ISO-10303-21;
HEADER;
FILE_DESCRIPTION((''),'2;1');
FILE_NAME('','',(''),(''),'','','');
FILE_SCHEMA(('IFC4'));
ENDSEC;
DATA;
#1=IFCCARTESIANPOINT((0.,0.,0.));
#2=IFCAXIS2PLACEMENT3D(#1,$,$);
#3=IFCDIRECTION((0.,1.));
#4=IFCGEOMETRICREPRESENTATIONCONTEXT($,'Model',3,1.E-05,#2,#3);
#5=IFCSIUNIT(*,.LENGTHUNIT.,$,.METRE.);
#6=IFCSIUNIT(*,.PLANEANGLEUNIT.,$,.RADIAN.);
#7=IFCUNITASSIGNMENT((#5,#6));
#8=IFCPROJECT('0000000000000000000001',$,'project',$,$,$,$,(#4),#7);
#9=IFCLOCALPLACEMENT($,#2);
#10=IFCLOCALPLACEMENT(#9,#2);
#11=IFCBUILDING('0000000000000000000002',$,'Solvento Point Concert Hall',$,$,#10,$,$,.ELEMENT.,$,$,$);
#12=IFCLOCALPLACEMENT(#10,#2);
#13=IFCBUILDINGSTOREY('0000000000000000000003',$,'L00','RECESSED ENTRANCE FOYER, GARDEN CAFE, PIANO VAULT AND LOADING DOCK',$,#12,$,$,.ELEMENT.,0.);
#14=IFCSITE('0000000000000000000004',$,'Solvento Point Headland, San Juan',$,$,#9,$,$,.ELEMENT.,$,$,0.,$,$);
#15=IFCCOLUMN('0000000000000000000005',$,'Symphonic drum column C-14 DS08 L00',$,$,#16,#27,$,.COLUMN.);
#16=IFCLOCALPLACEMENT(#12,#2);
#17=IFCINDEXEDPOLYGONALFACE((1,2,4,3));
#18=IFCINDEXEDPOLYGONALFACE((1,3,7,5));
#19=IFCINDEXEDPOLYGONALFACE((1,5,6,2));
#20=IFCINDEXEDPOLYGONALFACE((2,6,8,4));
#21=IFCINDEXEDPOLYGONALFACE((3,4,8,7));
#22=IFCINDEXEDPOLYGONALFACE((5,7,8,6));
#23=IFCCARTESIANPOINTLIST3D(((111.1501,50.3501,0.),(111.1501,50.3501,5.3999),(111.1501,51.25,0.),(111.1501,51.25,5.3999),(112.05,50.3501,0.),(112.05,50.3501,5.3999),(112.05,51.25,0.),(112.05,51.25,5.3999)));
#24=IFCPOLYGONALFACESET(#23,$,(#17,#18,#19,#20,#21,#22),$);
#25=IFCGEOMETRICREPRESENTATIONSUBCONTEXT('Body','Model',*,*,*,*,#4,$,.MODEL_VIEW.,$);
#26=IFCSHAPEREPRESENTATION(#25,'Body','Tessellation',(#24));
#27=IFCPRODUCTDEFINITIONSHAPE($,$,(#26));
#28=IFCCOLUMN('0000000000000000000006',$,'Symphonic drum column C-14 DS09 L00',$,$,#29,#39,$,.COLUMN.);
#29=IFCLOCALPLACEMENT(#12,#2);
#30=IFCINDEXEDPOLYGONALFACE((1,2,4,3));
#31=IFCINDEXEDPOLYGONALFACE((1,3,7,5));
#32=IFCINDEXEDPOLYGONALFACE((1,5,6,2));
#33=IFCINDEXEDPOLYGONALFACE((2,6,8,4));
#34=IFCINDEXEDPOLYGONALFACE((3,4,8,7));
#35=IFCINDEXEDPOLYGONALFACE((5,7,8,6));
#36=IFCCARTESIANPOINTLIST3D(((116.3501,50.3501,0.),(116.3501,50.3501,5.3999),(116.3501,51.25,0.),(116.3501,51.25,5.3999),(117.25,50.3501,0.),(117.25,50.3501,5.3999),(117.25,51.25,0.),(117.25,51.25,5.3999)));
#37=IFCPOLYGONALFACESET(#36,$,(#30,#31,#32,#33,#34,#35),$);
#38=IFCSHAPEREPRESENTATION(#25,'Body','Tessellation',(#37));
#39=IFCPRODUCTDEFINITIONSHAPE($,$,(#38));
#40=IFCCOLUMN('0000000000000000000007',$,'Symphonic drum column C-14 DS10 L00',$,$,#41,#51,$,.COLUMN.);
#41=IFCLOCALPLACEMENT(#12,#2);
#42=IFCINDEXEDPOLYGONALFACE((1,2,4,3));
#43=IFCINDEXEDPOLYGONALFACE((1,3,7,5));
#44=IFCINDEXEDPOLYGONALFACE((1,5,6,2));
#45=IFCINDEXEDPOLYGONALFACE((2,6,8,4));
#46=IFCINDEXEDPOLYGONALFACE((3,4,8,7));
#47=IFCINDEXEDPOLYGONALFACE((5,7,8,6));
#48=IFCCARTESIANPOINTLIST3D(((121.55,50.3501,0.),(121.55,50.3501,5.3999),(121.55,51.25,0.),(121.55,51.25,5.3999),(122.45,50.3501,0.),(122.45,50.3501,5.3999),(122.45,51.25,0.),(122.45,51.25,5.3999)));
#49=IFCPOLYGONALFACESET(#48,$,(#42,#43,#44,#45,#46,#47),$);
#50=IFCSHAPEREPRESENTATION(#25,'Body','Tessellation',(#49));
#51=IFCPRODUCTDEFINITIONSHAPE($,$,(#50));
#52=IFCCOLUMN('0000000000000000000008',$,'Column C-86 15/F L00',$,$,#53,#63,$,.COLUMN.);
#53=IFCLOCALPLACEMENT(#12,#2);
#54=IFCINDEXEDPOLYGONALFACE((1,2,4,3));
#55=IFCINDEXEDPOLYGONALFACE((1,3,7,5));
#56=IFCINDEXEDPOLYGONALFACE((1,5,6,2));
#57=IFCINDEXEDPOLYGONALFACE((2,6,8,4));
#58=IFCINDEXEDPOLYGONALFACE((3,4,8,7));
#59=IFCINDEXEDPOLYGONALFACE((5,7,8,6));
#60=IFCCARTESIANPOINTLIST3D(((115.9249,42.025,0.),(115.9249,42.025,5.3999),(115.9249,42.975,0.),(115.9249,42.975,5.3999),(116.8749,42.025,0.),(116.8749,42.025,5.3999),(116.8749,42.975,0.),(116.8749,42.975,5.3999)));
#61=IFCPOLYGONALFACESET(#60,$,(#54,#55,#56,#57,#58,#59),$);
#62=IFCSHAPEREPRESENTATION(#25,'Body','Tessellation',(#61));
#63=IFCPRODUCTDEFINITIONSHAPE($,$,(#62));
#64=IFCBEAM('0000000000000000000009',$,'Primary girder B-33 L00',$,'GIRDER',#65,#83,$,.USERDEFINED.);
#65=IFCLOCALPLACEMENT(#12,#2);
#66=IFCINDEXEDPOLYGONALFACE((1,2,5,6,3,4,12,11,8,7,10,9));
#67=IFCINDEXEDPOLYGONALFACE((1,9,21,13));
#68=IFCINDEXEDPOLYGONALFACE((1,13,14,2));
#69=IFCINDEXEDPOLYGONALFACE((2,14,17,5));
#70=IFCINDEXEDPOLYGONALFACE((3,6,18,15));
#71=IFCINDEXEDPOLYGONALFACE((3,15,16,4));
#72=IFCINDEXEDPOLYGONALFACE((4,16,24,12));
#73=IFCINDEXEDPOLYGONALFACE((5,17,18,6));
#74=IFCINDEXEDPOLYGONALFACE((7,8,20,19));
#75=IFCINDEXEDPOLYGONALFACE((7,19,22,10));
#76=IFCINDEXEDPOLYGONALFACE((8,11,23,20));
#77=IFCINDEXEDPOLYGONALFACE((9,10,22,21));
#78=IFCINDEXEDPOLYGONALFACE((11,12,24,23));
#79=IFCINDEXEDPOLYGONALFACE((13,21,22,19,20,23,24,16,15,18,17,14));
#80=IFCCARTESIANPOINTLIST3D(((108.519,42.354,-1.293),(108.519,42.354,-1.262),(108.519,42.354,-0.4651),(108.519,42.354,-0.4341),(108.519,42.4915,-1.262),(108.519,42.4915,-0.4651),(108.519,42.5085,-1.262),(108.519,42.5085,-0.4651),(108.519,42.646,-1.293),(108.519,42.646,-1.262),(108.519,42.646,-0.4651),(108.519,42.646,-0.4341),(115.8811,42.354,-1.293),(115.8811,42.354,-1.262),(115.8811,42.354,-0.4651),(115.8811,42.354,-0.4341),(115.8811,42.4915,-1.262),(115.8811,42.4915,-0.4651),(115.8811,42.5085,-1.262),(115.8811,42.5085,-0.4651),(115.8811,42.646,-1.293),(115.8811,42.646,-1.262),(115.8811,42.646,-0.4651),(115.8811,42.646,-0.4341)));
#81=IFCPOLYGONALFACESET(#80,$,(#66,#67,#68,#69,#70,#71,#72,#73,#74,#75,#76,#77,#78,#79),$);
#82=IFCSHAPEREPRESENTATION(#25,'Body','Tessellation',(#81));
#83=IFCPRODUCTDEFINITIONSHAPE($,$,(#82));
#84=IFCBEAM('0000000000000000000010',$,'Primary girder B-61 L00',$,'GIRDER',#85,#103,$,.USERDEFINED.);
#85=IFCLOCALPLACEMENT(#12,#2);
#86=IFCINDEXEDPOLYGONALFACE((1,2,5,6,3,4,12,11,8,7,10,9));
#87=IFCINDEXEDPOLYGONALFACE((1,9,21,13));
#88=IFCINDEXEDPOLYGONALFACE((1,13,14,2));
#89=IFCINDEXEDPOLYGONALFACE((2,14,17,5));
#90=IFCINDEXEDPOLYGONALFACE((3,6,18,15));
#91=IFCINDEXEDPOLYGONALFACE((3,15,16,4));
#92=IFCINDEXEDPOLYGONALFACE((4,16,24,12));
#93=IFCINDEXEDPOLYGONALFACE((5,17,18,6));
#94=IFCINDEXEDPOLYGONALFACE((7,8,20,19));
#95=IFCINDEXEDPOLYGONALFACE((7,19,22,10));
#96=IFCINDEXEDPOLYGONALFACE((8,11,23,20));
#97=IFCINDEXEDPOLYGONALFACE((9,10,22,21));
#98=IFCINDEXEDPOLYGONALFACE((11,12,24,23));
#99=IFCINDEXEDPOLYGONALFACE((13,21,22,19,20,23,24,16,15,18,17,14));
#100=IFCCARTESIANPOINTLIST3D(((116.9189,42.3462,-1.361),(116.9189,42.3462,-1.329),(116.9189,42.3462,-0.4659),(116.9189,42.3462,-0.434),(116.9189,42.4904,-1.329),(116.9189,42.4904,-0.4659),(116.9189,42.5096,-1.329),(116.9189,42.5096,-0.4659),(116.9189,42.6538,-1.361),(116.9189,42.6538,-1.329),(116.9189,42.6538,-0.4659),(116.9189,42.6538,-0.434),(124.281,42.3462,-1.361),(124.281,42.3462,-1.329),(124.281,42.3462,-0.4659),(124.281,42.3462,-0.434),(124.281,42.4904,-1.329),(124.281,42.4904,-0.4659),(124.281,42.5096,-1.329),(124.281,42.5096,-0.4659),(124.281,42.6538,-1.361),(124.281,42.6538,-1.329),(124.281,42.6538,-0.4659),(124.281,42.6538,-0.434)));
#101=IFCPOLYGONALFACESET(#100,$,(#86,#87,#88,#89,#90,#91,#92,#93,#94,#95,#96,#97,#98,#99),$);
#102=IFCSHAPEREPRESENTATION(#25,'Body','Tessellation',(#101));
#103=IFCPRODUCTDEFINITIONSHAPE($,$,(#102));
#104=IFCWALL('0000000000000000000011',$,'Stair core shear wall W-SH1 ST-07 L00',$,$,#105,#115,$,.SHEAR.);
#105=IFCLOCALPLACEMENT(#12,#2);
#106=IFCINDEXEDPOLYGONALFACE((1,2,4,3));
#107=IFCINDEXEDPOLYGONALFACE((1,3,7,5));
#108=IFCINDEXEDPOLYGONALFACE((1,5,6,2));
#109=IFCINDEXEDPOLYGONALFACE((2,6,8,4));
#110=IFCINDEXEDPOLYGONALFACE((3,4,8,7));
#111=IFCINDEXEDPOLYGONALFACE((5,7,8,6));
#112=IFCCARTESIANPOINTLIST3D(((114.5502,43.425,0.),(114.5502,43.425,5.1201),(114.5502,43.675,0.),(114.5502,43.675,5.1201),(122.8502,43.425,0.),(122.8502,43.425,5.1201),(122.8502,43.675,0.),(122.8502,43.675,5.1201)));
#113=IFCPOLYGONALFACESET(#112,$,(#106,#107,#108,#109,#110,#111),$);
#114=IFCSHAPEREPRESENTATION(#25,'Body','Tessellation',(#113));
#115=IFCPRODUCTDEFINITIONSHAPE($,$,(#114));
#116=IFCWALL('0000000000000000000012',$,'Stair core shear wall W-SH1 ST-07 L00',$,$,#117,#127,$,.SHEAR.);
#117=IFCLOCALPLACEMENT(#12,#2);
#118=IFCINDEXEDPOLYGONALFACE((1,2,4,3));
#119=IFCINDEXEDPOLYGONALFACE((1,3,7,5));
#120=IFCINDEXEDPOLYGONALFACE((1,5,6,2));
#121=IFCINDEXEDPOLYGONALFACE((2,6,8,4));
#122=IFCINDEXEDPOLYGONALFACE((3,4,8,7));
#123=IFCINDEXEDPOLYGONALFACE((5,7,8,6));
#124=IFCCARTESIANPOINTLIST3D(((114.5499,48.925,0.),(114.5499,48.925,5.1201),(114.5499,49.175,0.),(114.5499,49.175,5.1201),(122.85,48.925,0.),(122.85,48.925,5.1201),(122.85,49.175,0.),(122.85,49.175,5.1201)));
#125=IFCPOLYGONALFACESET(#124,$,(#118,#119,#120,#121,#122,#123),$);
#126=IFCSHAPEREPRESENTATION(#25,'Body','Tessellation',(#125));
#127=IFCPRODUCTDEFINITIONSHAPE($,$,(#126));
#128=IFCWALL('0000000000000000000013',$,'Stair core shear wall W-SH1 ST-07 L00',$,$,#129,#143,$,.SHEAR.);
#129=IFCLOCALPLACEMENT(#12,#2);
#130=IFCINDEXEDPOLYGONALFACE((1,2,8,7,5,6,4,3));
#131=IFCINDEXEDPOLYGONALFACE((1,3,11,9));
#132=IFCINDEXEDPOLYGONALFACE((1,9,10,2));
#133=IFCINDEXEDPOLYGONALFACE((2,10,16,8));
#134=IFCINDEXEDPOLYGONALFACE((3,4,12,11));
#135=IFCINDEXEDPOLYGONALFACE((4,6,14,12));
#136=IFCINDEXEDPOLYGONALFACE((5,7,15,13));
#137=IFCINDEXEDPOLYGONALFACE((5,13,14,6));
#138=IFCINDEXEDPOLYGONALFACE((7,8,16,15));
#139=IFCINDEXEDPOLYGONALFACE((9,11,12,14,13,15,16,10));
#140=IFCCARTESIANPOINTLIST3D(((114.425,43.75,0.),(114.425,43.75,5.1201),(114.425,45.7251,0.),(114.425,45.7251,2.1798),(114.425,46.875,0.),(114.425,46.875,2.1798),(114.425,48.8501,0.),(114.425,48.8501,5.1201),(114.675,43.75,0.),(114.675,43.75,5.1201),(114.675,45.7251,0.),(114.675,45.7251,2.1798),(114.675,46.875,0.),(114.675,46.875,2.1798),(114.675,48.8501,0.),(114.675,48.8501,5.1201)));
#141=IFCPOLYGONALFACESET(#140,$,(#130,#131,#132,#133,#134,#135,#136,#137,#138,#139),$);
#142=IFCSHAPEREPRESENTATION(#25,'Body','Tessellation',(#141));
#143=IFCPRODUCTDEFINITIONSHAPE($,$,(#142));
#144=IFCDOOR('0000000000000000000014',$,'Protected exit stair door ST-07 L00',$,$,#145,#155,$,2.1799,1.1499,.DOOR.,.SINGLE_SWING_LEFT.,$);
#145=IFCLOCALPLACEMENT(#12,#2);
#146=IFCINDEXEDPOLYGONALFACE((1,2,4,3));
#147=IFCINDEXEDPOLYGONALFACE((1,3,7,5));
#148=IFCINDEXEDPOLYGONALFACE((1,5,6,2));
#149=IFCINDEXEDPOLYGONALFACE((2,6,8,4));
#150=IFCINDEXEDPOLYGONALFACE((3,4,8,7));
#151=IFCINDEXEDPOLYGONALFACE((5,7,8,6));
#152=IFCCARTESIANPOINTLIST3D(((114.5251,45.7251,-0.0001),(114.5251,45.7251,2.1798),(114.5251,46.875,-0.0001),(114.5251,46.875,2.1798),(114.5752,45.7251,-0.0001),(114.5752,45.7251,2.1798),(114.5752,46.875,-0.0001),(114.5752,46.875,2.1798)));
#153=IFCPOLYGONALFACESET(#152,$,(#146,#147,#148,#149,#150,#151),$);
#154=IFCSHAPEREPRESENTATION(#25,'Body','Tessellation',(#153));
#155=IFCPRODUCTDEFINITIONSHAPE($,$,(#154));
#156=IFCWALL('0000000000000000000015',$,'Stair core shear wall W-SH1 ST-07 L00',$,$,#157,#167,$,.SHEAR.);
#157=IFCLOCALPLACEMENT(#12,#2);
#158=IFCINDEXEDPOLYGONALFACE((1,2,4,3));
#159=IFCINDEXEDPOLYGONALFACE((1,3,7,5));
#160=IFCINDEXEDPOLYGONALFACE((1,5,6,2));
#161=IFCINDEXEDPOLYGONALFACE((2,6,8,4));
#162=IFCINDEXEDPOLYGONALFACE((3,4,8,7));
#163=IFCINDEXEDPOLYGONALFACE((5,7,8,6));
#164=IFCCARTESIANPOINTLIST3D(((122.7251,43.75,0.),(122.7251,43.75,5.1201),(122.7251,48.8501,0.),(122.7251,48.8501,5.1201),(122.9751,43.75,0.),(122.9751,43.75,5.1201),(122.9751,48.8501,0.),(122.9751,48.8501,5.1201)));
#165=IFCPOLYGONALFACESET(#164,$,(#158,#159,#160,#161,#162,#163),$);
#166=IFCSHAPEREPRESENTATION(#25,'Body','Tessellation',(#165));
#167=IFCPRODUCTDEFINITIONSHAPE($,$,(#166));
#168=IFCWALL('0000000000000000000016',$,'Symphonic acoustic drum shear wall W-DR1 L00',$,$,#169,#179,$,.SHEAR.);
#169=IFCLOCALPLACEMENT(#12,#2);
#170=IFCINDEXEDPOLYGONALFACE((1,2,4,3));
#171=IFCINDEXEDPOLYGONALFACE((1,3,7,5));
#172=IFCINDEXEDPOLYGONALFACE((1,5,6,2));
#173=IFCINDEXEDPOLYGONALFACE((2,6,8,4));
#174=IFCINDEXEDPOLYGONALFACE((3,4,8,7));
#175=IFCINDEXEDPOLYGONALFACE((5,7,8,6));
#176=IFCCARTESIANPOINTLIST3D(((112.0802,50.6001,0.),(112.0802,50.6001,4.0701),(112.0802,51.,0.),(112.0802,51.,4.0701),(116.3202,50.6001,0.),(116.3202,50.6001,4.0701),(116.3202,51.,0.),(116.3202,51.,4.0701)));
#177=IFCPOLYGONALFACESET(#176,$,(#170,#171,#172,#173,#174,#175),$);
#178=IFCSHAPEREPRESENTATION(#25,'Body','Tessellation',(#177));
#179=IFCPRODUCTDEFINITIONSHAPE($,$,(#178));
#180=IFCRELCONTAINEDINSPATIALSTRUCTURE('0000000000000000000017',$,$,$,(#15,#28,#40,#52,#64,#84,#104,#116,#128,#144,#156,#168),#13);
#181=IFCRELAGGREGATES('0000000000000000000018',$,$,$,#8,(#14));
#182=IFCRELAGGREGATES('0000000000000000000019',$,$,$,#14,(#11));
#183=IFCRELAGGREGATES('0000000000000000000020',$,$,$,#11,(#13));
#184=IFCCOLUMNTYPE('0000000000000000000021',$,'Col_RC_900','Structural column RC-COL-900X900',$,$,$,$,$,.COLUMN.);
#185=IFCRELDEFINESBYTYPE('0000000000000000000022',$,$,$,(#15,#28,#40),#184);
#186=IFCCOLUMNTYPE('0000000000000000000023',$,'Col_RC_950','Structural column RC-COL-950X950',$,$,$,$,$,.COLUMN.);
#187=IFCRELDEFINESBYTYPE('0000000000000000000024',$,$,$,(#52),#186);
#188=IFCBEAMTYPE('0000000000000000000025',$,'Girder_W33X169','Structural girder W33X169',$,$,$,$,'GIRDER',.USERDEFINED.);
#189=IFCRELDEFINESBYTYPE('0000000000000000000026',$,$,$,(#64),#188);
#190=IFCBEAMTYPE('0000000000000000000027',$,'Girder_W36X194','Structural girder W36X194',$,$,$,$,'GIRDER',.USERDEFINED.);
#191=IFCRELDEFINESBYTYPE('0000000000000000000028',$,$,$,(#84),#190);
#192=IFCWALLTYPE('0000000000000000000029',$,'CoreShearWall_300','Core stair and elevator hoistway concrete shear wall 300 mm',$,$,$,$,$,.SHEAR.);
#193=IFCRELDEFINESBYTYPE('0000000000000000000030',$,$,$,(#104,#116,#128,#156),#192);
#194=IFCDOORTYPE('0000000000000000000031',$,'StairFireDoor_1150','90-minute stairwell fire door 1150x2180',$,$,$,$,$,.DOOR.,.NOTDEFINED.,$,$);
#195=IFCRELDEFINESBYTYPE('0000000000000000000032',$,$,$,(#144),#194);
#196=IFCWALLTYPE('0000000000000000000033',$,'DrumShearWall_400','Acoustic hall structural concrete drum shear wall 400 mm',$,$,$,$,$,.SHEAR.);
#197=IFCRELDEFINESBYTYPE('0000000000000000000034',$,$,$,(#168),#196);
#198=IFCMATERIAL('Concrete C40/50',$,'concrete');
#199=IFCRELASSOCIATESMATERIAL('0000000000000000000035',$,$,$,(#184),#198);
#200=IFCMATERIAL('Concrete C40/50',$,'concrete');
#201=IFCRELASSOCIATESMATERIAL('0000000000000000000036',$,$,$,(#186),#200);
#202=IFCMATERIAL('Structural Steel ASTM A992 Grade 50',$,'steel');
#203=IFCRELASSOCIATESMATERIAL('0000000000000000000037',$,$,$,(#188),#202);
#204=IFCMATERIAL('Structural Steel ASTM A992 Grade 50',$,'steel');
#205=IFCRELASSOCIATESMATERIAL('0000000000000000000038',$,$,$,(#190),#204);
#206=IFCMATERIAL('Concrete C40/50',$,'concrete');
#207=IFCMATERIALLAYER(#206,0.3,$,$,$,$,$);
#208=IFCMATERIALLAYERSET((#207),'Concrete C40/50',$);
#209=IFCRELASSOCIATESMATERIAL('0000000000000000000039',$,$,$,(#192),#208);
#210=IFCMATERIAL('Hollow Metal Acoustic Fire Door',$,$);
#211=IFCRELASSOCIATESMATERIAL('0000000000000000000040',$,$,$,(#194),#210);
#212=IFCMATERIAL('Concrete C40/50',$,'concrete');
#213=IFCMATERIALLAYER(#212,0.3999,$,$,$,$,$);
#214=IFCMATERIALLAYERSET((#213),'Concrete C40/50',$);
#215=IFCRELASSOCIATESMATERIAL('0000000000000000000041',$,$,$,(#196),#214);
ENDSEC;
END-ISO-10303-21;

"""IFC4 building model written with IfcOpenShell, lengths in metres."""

from ifc_helpers import new_model, si_unit, direction, frame, frame_2d, origin, origin_2d, place, context, subcontext, project, spatial, rectangle, i_section, extrude, material, layer, layer_set, material_profile, profile_set, type_object, element, fill, save


model = new_model("IFC4")

# Units and contexts
model_context = context("Model", 3, precision=1e-05, world=origin(), true_north=direction((0.0, 1.0)))
body_context = subcontext(model_context, "Body", "Model", "MODEL_VIEW")
ifc_project = project(units=[si_unit("LENGTHUNIT", "METRE"), si_unit("PLANEANGLEUNIT", "RADIAN")], contexts=[model_context])

# Site, building, storey
site_placement = place(None, origin())
site = spatial("IfcSite", under=ifc_project, at=site_placement, Name="Solvento Point Headland, San Juan", CompositionType="ELEMENT", RefElevation=0.0)
building_placement = place(site_placement, origin())
building = spatial("IfcBuilding", under=site, at=building_placement, Name="Solvento Point Concert Hall", CompositionType="ELEMENT")
storey_placement = place(building_placement, origin())
storey = spatial("IfcBuildingStorey", under=building, at=storey_placement, Name="L00", Description="RECESSED ENTRANCE FOYER, GARDEN CAFE, PIANO VAULT AND LOADING DOCK", CompositionType="ELEMENT", Elevation=0.0)

# Columns
ifc_material_1 = material(Name="Concrete C40/50", Category="concrete")
ifc_material_profile_1 = material_profile(ifc_material_1, rectangle(XDim=0.8999, YDim=0.8999, at=origin_2d()), Name="RC-COL-900X900")
ifc_profile_set_1 = profile_set([ifc_material_profile_1], Name="Concrete C40/50")
column_type_1 = type_object("IfcColumnType", Name="Col_RC_900", Description="Structural column RC-COL-900X900", PredefinedType="COLUMN", material=ifc_profile_set_1)
for number, where, z_axis, x_axis, name in (
    (1, (111.6001, 50.8, 0.0), (0.0, 0.0, 1.0), (1.0, 0.0, 0.0), "Symphonic drum column C-14 DS08 L00"),
    (2, (116.8, 50.8, 0.0), (0.0, 0.0, 1.0), (1.0, 0.0, 0.0), "Symphonic drum column C-14 DS09 L00"),
    (3, (122.0, 50.8, 0.0), (0.0, 0.0, 1.0), (1.0, 0.0, 0.0), "Symphonic drum column C-14 DS10 L00"),
):
    element("IfcColumn", number, at=place(storey_placement, frame(where, z_axis=z_axis, x_axis=x_axis)), inside=storey, type_object=column_type_1, Name=name, PredefinedType="COLUMN", context=body_context, shape_type="SweptSolid", body=[
        extrude(rectangle(XDim=0.8999, YDim=0.8999, at=origin_2d()), origin(), (0.0, 0.0, 1.0), 5.3999),
    ])
ifc_material_2 = material(Name="Concrete C40/50", Category="concrete")
ifc_material_profile_2 = material_profile(ifc_material_2, rectangle(XDim=0.95, YDim=0.95, at=origin_2d()), Name="RC-COL-950X950")
ifc_profile_set_2 = profile_set([ifc_material_profile_2], Name="Concrete C40/50")
column_type_2 = type_object("IfcColumnType", Name="Col_RC_950", Description="Structural column RC-COL-950X950", PredefinedType="COLUMN", material=ifc_profile_set_2)
column_placement = place(storey_placement, frame((116.3999, 42.5, 0.0), z_axis=(0.0, 0.0, 1.0), x_axis=(1.0, 0.0, 0.0)))
element("IfcColumn", 4, at=column_placement, inside=storey, type_object=column_type_2, Name="Column C-86 15/F L00", PredefinedType="COLUMN", context=body_context, shape_type="SweptSolid", body=[
    extrude(rectangle(XDim=0.95, YDim=0.95, at=origin_2d()), origin(), (0.0, 0.0, 1.0), 5.3999),
])

# Beams
ifc_material_3 = material(Name="Structural Steel ASTM A992 Grade 50", Category="steel")
ifc_material_profile_3 = material_profile(ifc_material_3, i_section(OverallWidth=0.292, OverallDepth=0.8589, WebThickness=0.0171, FlangeThickness=0.031, at=origin_2d()), Name="W33X169")
ifc_profile_set_3 = profile_set([ifc_material_profile_3], Name="Structural Steel ASTM A992 Grade 50")
beam_type_1 = type_object("IfcBeamType", Name="Girder_W33X169", Description="Structural girder W33X169", ElementType="GIRDER", PredefinedType="USERDEFINED", material=ifc_profile_set_3)
beam_1_placement = place(storey_placement, frame((108.519, 42.5, -0.8635), z_axis=(1.0, 0.0, 0.0), x_axis=(0.0, 1.0, 0.0)))
element("IfcBeam", 5, at=beam_1_placement, inside=storey, type_object=beam_type_1, Name="Primary girder B-33 L00", ObjectType="GIRDER", PredefinedType="USERDEFINED", context=body_context, shape_type="SweptSolid", body=[
    extrude(i_section(OverallWidth=0.292, OverallDepth=0.8589, WebThickness=0.0171, FlangeThickness=0.031, at=origin_2d()), origin(), (0.0, 0.0, 1.0), 7.3621),
])
ifc_material_4 = material(Name="Structural Steel ASTM A992 Grade 50", Category="steel")
ifc_material_profile_4 = material_profile(ifc_material_4, i_section(OverallWidth=0.3076, OverallDepth=0.927, WebThickness=0.0193, FlangeThickness=0.032, at=origin_2d()), Name="W36X194")
ifc_profile_set_4 = profile_set([ifc_material_profile_4], Name="Structural Steel ASTM A992 Grade 50")
beam_type_2 = type_object("IfcBeamType", Name="Girder_W36X194", Description="Structural girder W36X194", ElementType="GIRDER", PredefinedType="USERDEFINED", material=ifc_profile_set_4)
beam_2_placement = place(storey_placement, frame((116.9189, 42.5, -0.8975), z_axis=(1.0, 0.0, 0.0), x_axis=(0.0, 1.0, 0.0)))
element("IfcBeam", 6, at=beam_2_placement, inside=storey, type_object=beam_type_2, Name="Primary girder B-61 L00", ObjectType="GIRDER", PredefinedType="USERDEFINED", context=body_context, shape_type="SweptSolid", body=[
    extrude(i_section(OverallWidth=0.3076, OverallDepth=0.927, WebThickness=0.0193, FlangeThickness=0.032, at=origin_2d()), origin(), (0.0, 0.0, 1.0), 7.3621),
])

# Walls
ifc_material_5 = material(Name="Concrete C40/50", Category="concrete")
ifc_layer_1 = layer(ifc_material_5, 0.3)
ifc_layer_set_1 = layer_set([ifc_layer_1], Name="Concrete C40/50")
wall_type_1 = type_object("IfcWallType", Name="CoreShearWall_300", Description="Core stair and elevator hoistway concrete shear wall 300 mm", PredefinedType="SHEAR", material=ifc_layer_set_1)
for number, where, z_axis, x_axis, name in (
    (7, (122.8501, 43.55, 0.0), (0.0, 0.0, 1.0), (-1.0, 0.0, 0.0), "Stair core shear wall W-SH1 ST-07 L00"),
    (8, (114.55, 49.05, 0.0), (0.0, 0.0, 1.0), (1.0, 0.0, 0.0), "Stair core shear wall W-SH1 ST-07 L00"),
):
    element("IfcWall", number, at=place(storey_placement, frame(where, z_axis=z_axis, x_axis=x_axis)), inside=storey, type_object=wall_type_1, Name=name, PredefinedType="SHEAR", context=body_context, shape_type="SweptSolid", body=[
        extrude(rectangle(XDim=8.3, YDim=0.25, at=frame_2d((4.1499, 0.0))), origin(), (0.0, 0.0, 1.0), 5.1201),
    ])

# Wall, opening, door
wall_1_placement = place(storey_placement, frame((114.55, 43.75, 0.0), z_axis=(0.0, 0.0, 1.0), x_axis=(0.0, 1.0, 0.0)))
wall_1 = element("IfcWall", 9, at=wall_1_placement, inside=storey, type_object=wall_type_1, Name="Stair core shear wall W-SH1 ST-07 L00", PredefinedType="SHEAR", context=body_context, shape_type="SweptSolid", body=[
    extrude(rectangle(XDim=5.1001, YDim=0.25, at=frame_2d((2.55, 0.0))), origin(), (0.0, 0.0, 1.0), 5.1201),
])
opening_1_placement = place(wall_1_placement, frame((1.9751, 0.0, 0.0)))
opening_1 = element("IfcOpeningElement", 10, at=opening_1_placement, cuts=wall_1, PredefinedType="OPENING", context=body_context, shape_type="SweptSolid", body=[
    extrude(rectangle(XDim=1.1499, YDim=2.1799, at=frame_2d((0.575, 1.0898))), frame((0.0, 0.135, 0.0), z_axis=(0.0, -1.0, 0.0), x_axis=(1.0, 0.0, 0.0)), (0.0, 0.0, 1.0), 0.27),
])
ifc_material_6 = material(Name="Hollow Metal Acoustic Fire Door")
door_type = type_object("IfcDoorType", Name="StairFireDoor_1150", Description="90-minute stairwell fire door 1150x2180", OperationType="NOTDEFINED", PredefinedType="DOOR", material=ifc_material_6)
door_placement = place(opening_1_placement, origin())
door = element("IfcDoor", 11, at=door_placement, inside=storey, type_object=door_type, Name="Protected exit stair door ST-07 L00", OperationType="SINGLE_SWING_LEFT", OverallHeight=2.1799, OverallWidth=1.1499, PredefinedType="DOOR", context=body_context, shape_type="SweptSolid", body=[
    extrude(rectangle(XDim=1.1499, YDim=2.1799, at=frame_2d((0.575, 1.0898))), frame((0.0, 0.0249, 0.0), z_axis=(0.0, -1.0, 0.0), x_axis=(1.0, 0.0, 0.0)), (0.0, 0.0, 1.0), 0.05),
])
fill(opening_1, door)

# Walls
wall_2_placement = place(storey_placement, frame((122.8501, 48.8501, 0.0), z_axis=(0.0, 0.0, 1.0), x_axis=(0.0, -1.0, 0.0)))
element("IfcWall", 12, at=wall_2_placement, inside=storey, type_object=wall_type_1, Name="Stair core shear wall W-SH1 ST-07 L00", PredefinedType="SHEAR", context=body_context, shape_type="SweptSolid", body=[
    extrude(rectangle(XDim=5.1001, YDim=0.25, at=frame_2d((2.55, 0.0))), origin(), (0.0, 0.0, 1.0), 5.1201),
])
ifc_material_7 = material(Name="Concrete C40/50", Category="concrete")
ifc_layer_2 = layer(ifc_material_7, 0.3999)
ifc_layer_set_2 = layer_set([ifc_layer_2], Name="Concrete C40/50")
wall_type_2 = type_object("IfcWallType", Name="DrumShearWall_400", Description="Acoustic hall structural concrete drum shear wall 400 mm", PredefinedType="SHEAR", material=ifc_layer_set_2)
wall_3_placement = place(storey_placement, frame((112.0801, 50.8, 0.0), z_axis=(0.0, 0.0, 1.0), x_axis=(1.0, 0.0, 0.0)))
element("IfcWall", 13, at=wall_3_placement, inside=storey, type_object=wall_type_2, Name="Symphonic acoustic drum shear wall W-DR1 L00", PredefinedType="SHEAR", context=body_context, shape_type="SweptSolid", body=[
    extrude(rectangle(XDim=4.24, YDim=0.3999, at=frame_2d((2.1201, 0.0))), origin(), (0.0, 0.0, 1.0), 4.0701),
])

save(model, "model.ifc")
